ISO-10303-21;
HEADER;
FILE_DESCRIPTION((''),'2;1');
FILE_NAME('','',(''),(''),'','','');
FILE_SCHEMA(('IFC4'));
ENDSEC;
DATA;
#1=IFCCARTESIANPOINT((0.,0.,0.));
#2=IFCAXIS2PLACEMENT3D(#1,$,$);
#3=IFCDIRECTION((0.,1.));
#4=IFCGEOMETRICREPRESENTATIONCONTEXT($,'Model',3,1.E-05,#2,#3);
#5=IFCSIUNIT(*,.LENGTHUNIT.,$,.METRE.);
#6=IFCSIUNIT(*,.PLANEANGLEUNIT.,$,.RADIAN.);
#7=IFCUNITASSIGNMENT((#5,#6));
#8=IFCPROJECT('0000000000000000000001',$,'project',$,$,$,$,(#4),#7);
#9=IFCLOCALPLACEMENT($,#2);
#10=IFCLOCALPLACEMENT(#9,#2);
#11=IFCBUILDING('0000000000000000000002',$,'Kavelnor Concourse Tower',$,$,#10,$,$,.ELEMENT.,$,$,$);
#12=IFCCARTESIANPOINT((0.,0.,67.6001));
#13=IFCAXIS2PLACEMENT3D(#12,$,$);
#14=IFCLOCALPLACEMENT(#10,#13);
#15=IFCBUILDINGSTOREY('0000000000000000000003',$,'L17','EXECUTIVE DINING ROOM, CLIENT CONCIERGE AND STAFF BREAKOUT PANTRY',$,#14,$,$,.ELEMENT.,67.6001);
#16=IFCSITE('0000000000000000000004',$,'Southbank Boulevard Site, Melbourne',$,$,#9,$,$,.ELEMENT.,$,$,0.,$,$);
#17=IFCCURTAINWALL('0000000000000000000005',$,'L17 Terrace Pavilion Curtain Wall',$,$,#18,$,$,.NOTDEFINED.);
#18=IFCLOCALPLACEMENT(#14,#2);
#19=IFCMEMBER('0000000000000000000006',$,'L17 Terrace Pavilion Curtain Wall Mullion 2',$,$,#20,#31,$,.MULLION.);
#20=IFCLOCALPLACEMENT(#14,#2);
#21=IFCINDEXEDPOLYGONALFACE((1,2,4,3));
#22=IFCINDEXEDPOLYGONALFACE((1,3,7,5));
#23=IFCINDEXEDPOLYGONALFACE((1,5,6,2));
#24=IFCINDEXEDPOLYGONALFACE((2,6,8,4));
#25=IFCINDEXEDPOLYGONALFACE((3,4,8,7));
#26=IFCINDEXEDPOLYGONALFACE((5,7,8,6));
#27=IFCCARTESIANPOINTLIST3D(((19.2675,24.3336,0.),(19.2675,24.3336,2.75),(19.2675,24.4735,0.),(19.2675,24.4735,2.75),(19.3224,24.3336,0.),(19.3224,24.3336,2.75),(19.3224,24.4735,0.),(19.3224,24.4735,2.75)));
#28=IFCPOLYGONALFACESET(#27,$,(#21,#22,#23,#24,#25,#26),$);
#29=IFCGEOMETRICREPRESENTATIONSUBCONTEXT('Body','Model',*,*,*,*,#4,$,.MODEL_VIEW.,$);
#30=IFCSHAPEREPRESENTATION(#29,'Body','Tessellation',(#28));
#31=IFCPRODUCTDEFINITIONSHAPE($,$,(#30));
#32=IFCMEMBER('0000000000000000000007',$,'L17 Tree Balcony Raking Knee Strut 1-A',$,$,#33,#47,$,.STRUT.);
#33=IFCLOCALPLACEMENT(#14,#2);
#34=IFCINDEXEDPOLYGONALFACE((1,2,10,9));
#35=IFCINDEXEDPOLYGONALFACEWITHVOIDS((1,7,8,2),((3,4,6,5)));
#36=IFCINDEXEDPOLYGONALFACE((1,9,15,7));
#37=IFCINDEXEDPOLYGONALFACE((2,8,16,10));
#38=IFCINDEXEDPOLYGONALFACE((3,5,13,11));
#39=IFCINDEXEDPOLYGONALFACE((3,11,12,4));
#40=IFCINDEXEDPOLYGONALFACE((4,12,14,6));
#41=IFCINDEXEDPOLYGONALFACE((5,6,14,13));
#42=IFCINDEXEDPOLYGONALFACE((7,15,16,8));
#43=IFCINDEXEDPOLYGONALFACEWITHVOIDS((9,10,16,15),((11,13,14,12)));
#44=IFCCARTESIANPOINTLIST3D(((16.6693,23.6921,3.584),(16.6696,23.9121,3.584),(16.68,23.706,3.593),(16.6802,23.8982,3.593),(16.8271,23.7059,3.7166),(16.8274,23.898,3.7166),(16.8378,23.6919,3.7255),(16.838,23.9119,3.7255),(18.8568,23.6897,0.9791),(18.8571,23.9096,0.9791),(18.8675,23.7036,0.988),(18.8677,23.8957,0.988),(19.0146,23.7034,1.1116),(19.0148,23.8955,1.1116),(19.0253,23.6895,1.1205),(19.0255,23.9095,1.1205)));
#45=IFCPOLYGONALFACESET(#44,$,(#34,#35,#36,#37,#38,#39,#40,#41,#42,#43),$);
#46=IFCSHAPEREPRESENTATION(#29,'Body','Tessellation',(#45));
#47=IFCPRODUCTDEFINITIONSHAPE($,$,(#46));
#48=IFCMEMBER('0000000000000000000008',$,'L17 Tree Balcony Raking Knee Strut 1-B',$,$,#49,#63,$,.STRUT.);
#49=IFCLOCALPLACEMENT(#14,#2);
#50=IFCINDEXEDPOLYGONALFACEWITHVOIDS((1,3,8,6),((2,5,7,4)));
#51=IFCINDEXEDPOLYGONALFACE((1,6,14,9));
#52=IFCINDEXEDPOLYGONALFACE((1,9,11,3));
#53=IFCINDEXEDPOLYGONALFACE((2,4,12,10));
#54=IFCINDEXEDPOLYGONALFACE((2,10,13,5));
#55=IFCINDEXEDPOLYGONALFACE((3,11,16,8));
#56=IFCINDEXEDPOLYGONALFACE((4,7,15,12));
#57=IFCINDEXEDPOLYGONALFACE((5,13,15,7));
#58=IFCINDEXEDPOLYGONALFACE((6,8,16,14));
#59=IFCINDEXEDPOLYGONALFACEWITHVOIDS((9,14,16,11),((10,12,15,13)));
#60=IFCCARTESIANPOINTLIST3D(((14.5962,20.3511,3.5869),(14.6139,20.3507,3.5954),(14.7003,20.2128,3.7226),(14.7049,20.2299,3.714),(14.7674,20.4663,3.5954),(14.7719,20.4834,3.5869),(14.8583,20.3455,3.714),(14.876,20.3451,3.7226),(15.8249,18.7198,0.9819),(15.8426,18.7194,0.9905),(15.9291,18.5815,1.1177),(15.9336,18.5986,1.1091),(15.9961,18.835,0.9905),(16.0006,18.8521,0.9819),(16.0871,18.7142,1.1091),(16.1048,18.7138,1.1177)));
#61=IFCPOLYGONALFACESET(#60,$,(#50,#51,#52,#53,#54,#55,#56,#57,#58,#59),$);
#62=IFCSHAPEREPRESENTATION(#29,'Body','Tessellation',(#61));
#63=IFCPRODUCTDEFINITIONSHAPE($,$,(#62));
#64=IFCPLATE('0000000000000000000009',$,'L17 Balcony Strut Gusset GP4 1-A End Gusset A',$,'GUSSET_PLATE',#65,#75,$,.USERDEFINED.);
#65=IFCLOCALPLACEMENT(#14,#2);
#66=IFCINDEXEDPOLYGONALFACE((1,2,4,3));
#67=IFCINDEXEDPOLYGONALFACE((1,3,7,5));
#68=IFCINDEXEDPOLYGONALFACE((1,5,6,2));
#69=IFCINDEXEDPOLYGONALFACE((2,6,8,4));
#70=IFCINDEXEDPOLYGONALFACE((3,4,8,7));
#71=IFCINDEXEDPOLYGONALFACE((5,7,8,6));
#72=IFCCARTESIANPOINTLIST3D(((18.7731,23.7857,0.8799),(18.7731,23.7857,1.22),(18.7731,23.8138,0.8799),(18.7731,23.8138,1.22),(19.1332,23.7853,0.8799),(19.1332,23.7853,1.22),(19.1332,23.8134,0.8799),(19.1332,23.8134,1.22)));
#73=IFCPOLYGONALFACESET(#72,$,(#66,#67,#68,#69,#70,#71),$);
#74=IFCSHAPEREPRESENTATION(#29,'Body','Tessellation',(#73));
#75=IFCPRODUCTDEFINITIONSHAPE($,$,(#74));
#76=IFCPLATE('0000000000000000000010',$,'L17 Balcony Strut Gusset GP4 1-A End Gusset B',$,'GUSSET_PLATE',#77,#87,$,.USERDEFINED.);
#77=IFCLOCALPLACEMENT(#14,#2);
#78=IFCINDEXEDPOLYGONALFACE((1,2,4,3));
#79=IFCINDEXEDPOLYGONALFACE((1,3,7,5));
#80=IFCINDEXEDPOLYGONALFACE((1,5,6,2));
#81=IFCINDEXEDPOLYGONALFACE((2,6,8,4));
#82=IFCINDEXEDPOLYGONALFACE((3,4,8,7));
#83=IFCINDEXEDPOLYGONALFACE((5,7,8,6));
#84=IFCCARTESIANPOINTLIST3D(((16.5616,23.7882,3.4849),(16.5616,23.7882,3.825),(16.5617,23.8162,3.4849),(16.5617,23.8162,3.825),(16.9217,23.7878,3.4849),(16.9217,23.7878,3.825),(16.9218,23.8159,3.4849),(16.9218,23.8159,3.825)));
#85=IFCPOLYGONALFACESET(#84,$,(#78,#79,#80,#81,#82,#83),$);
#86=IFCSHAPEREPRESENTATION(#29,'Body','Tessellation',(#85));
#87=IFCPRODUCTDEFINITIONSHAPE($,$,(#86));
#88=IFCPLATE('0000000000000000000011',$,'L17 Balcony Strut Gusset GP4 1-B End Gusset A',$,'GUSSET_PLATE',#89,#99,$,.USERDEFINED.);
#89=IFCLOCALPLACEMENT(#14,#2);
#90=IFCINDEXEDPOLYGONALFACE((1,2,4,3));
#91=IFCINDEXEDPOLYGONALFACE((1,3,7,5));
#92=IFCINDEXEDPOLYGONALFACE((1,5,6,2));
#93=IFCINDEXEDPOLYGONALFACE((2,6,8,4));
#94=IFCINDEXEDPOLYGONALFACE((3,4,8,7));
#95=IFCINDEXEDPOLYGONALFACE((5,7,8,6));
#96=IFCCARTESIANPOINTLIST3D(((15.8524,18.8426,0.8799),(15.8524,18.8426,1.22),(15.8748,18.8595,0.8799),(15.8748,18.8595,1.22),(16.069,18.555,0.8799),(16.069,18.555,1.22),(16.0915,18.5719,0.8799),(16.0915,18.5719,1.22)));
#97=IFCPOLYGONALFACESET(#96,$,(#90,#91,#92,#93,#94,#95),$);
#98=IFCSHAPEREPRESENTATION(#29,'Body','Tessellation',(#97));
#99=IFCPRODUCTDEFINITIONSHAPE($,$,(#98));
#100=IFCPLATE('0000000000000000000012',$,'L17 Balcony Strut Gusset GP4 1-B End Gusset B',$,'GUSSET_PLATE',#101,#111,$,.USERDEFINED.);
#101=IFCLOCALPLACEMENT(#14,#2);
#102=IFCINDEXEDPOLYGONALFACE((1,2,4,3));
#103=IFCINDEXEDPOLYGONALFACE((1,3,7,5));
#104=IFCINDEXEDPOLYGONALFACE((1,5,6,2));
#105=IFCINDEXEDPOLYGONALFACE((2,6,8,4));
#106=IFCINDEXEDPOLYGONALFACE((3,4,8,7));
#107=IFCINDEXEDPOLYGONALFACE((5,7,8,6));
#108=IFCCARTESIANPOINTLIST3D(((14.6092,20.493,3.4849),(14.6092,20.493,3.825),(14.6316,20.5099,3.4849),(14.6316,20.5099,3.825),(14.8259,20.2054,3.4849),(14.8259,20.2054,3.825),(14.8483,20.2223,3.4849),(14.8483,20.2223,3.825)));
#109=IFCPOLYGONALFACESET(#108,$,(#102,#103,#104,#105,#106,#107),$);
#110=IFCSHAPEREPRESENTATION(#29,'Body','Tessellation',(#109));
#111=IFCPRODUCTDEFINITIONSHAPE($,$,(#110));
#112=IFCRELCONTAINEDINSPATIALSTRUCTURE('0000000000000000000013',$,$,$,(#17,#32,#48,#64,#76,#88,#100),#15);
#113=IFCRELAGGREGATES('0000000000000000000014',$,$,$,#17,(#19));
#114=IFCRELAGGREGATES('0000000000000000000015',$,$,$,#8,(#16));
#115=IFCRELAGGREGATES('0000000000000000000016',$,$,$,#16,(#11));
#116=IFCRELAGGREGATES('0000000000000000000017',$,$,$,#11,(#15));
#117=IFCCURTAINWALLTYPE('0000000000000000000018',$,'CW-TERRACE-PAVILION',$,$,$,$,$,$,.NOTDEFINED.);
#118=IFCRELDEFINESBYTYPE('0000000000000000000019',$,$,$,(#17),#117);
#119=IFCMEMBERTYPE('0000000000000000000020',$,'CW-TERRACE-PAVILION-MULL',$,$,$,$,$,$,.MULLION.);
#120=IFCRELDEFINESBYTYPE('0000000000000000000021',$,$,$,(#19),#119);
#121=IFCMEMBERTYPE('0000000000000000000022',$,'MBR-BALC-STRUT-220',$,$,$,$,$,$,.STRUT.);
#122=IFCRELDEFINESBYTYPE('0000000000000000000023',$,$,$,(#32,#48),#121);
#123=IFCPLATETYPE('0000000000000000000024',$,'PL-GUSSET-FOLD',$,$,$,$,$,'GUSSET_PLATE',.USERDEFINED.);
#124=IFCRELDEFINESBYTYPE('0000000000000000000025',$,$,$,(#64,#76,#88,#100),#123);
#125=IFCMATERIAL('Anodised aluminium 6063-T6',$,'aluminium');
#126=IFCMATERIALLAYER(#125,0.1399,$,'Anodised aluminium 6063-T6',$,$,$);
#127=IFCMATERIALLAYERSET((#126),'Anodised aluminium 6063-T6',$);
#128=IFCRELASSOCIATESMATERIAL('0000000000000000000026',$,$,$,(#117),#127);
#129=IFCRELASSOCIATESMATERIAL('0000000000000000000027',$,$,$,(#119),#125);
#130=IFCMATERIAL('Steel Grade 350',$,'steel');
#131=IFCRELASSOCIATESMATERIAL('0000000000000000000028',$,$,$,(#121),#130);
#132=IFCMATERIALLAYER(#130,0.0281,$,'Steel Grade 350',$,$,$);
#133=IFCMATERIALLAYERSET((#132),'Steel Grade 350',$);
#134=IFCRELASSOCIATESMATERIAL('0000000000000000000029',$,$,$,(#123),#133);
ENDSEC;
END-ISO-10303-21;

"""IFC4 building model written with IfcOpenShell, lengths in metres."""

from ifc_helpers import new_model, si_unit, direction, frame, origin, origin_2d, place, context, subcontext, project, spatial, rectangle, hollow_rectangle, extrude, material, layer, layer_set, material_profile, profile_set, type_object, element, aggregate, save


model = new_model("IFC4")

# Units and contexts
model_context = context("Model", 3, precision=1e-05, world=origin(), true_north=direction((0.0, 1.0)))
body_context = subcontext(model_context, "Body", "Model", "MODEL_VIEW")
ifc_project = project(units=[si_unit("LENGTHUNIT", "METRE"), si_unit("PLANEANGLEUNIT", "RADIAN")], contexts=[model_context])

# Site, building, storey
site_placement = place(None, origin())
site = spatial("IfcSite", under=ifc_project, at=site_placement, Name="Southbank Boulevard Site, Melbourne", CompositionType="ELEMENT", RefElevation=0.0)
building_placement = place(site_placement, origin())
building = spatial("IfcBuilding", under=site, at=building_placement, Name="Kavelnor Concourse Tower", CompositionType="ELEMENT")
storey_placement = place(building_placement, frame((0.0, 0.0, 67.6001)))
storey = spatial("IfcBuildingStorey", under=building, at=storey_placement, Name="L17", Description="EXECUTIVE DINING ROOM, CLIENT CONCIERGE AND STAFF BREAKOUT PANTRY", CompositionType="ELEMENT", Elevation=67.6001)

# Shared definitions
ifc_material_1 = material(Name="Steel Grade 350", Category="steel")

# Curtain wall, member
ifc_material_2 = material(Name="Anodised aluminium 6063-T6", Category="aluminium")
ifc_layer_1 = layer(ifc_material_2, 0.1399, Name="Anodised aluminium 6063-T6")
ifc_layer_set_1 = layer_set([ifc_layer_1], Name="Anodised aluminium 6063-T6")
curtain_wall_type = type_object("IfcCurtainWallType", Name="CW-TERRACE-PAVILION", PredefinedType="NOTDEFINED", material=ifc_layer_set_1)
curtain_wall_placement = place(storey_placement, origin())
curtain_wall = element("IfcCurtainWall", 1, at=curtain_wall_placement, inside=storey, type_object=curtain_wall_type, Name="L17 Terrace Pavilion Curtain Wall", PredefinedType="NOTDEFINED")
ifc_material_profile_1 = material_profile(ifc_material_2, rectangle(XDim=0.0549, YDim=0.1399, at=origin_2d()), Name="AL-MULL 55x140")
ifc_profile_set_1 = profile_set([ifc_material_profile_1], Name="Anodised aluminium 6063-T6")
member_type_1 = type_object("IfcMemberType", Name="CW-TERRACE-PAVILION-MULL", PredefinedType="MULLION", material=ifc_profile_set_1)
member_1_placement = place(storey_placement, frame((19.2949, 24.4036, 0.0), z_axis=(0.0, 0.0, 1.0), x_axis=(1.0, 0.0, 0.0)))
member_1 = element("IfcMember", 2, at=member_1_placement, type_object=member_type_1, Name="L17 Terrace Pavilion Curtain Wall Mullion 2", PredefinedType="MULLION", context=body_context, shape_type="SweptSolid", body=[
    extrude(rectangle(XDim=0.0549, YDim=0.1399, at=origin_2d()), origin(), (0.0, 0.0, 1.0), 2.75),
])
aggregate(curtain_wall, [member_1])

# Members
ifc_material_profile_2 = material_profile(ifc_material_1, hollow_rectangle(XDim=0.22, YDim=0.22, WallThickness=0.0139, at=origin_2d()), Name="SHS 220x220x14")
ifc_profile_set_2 = profile_set([ifc_material_profile_2], Name="Steel Grade 350")
member_type_2 = type_object("IfcMemberType", Name="MBR-BALC-STRUT-220", PredefinedType="STRUT", material=ifc_profile_set_2)
member_2_placement = place(storey_placement, frame((18.9412, 23.7996, 1.0498), z_axis=(-0.643074, 0.000718, 0.765804), x_axis=(-0.001116, -0.999999, 0.0)))
element("IfcMember", 3, at=member_2_placement, inside=storey, type_object=member_type_2, Name="L17 Tree Balcony Raking Knee Strut 1-A", PredefinedType="STRUT", context=body_context, shape_type="SweptSolid", body=[
    extrude(hollow_rectangle(XDim=0.22, YDim=0.22, WallThickness=0.0139, at=origin_2d()), origin(), (0.0, 0.0, 1.0), 3.4016),
])
member_3_placement = place(storey_placement, frame((15.9648, 18.7168, 1.0498), z_axis=(-0.37121, 0.492832, 0.786968), x_axis=(-0.798765, -0.601644, 0.0)))
element("IfcMember", 4, at=member_3_placement, inside=storey, type_object=member_type_2, Name="L17 Tree Balcony Raking Knee Strut 1-B", PredefinedType="STRUT", context=body_context, shape_type="SweptSolid", body=[
    extrude(hollow_rectangle(XDim=0.22, YDim=0.22, WallThickness=0.0139, at=origin_2d()), origin(), (0.0, 0.0, 1.0), 3.3101),
])

# Plates
ifc_layer_2 = layer(ifc_material_1, 0.0281, Name="Steel Grade 350")
ifc_layer_set_2 = layer_set([ifc_layer_2], Name="Steel Grade 350")
plate_type = type_object("IfcPlateType", Name="PL-GUSSET-FOLD", ElementType="GUSSET_PLATE", PredefinedType="USERDEFINED", material=ifc_layer_set_2)
for number, where, z_axis, x_axis, name in (
    (5, (18.9531, 23.7996, 0.8799), (0.0, 0.0, 1.0), (-0.999999, 0.001047, 0.0), "L17 Balcony Strut Gusset GP4 1-A End Gusset A"),
    (6, (16.7417, 23.802, 3.4849), (0.0, 0.0, 1.0), (-0.999999, 0.001047, 0.0), "L17 Balcony Strut Gusset GP4 1-A End Gusset B"),
    (7, (15.9719, 18.7073, 0.8799), (0.0, 0.0, 1.0), (-0.601676, 0.798741, 0.0), "L17 Balcony Strut Gusset GP4 1-B End Gusset A"),
    (8, (14.7288, 20.3577, 3.4849), (0.0, 0.0, 1.0), (-0.601676, 0.798741, 0.0), "L17 Balcony Strut Gusset GP4 1-B End Gusset B"),
):
    element("IfcPlate", number, at=place(storey_placement, frame(where, z_axis=z_axis, x_axis=x_axis)), inside=storey, type_object=plate_type, Name=name, ObjectType="GUSSET_PLATE", PredefinedType="USERDEFINED", context=body_context, shape_type="SweptSolid", body=[
        extrude(rectangle(XDim=0.3601, YDim=0.0281, at=origin_2d()), origin(), (0.0, 0.0, 1.0), 0.3401),
    ])

save(model, "model.ifc")
